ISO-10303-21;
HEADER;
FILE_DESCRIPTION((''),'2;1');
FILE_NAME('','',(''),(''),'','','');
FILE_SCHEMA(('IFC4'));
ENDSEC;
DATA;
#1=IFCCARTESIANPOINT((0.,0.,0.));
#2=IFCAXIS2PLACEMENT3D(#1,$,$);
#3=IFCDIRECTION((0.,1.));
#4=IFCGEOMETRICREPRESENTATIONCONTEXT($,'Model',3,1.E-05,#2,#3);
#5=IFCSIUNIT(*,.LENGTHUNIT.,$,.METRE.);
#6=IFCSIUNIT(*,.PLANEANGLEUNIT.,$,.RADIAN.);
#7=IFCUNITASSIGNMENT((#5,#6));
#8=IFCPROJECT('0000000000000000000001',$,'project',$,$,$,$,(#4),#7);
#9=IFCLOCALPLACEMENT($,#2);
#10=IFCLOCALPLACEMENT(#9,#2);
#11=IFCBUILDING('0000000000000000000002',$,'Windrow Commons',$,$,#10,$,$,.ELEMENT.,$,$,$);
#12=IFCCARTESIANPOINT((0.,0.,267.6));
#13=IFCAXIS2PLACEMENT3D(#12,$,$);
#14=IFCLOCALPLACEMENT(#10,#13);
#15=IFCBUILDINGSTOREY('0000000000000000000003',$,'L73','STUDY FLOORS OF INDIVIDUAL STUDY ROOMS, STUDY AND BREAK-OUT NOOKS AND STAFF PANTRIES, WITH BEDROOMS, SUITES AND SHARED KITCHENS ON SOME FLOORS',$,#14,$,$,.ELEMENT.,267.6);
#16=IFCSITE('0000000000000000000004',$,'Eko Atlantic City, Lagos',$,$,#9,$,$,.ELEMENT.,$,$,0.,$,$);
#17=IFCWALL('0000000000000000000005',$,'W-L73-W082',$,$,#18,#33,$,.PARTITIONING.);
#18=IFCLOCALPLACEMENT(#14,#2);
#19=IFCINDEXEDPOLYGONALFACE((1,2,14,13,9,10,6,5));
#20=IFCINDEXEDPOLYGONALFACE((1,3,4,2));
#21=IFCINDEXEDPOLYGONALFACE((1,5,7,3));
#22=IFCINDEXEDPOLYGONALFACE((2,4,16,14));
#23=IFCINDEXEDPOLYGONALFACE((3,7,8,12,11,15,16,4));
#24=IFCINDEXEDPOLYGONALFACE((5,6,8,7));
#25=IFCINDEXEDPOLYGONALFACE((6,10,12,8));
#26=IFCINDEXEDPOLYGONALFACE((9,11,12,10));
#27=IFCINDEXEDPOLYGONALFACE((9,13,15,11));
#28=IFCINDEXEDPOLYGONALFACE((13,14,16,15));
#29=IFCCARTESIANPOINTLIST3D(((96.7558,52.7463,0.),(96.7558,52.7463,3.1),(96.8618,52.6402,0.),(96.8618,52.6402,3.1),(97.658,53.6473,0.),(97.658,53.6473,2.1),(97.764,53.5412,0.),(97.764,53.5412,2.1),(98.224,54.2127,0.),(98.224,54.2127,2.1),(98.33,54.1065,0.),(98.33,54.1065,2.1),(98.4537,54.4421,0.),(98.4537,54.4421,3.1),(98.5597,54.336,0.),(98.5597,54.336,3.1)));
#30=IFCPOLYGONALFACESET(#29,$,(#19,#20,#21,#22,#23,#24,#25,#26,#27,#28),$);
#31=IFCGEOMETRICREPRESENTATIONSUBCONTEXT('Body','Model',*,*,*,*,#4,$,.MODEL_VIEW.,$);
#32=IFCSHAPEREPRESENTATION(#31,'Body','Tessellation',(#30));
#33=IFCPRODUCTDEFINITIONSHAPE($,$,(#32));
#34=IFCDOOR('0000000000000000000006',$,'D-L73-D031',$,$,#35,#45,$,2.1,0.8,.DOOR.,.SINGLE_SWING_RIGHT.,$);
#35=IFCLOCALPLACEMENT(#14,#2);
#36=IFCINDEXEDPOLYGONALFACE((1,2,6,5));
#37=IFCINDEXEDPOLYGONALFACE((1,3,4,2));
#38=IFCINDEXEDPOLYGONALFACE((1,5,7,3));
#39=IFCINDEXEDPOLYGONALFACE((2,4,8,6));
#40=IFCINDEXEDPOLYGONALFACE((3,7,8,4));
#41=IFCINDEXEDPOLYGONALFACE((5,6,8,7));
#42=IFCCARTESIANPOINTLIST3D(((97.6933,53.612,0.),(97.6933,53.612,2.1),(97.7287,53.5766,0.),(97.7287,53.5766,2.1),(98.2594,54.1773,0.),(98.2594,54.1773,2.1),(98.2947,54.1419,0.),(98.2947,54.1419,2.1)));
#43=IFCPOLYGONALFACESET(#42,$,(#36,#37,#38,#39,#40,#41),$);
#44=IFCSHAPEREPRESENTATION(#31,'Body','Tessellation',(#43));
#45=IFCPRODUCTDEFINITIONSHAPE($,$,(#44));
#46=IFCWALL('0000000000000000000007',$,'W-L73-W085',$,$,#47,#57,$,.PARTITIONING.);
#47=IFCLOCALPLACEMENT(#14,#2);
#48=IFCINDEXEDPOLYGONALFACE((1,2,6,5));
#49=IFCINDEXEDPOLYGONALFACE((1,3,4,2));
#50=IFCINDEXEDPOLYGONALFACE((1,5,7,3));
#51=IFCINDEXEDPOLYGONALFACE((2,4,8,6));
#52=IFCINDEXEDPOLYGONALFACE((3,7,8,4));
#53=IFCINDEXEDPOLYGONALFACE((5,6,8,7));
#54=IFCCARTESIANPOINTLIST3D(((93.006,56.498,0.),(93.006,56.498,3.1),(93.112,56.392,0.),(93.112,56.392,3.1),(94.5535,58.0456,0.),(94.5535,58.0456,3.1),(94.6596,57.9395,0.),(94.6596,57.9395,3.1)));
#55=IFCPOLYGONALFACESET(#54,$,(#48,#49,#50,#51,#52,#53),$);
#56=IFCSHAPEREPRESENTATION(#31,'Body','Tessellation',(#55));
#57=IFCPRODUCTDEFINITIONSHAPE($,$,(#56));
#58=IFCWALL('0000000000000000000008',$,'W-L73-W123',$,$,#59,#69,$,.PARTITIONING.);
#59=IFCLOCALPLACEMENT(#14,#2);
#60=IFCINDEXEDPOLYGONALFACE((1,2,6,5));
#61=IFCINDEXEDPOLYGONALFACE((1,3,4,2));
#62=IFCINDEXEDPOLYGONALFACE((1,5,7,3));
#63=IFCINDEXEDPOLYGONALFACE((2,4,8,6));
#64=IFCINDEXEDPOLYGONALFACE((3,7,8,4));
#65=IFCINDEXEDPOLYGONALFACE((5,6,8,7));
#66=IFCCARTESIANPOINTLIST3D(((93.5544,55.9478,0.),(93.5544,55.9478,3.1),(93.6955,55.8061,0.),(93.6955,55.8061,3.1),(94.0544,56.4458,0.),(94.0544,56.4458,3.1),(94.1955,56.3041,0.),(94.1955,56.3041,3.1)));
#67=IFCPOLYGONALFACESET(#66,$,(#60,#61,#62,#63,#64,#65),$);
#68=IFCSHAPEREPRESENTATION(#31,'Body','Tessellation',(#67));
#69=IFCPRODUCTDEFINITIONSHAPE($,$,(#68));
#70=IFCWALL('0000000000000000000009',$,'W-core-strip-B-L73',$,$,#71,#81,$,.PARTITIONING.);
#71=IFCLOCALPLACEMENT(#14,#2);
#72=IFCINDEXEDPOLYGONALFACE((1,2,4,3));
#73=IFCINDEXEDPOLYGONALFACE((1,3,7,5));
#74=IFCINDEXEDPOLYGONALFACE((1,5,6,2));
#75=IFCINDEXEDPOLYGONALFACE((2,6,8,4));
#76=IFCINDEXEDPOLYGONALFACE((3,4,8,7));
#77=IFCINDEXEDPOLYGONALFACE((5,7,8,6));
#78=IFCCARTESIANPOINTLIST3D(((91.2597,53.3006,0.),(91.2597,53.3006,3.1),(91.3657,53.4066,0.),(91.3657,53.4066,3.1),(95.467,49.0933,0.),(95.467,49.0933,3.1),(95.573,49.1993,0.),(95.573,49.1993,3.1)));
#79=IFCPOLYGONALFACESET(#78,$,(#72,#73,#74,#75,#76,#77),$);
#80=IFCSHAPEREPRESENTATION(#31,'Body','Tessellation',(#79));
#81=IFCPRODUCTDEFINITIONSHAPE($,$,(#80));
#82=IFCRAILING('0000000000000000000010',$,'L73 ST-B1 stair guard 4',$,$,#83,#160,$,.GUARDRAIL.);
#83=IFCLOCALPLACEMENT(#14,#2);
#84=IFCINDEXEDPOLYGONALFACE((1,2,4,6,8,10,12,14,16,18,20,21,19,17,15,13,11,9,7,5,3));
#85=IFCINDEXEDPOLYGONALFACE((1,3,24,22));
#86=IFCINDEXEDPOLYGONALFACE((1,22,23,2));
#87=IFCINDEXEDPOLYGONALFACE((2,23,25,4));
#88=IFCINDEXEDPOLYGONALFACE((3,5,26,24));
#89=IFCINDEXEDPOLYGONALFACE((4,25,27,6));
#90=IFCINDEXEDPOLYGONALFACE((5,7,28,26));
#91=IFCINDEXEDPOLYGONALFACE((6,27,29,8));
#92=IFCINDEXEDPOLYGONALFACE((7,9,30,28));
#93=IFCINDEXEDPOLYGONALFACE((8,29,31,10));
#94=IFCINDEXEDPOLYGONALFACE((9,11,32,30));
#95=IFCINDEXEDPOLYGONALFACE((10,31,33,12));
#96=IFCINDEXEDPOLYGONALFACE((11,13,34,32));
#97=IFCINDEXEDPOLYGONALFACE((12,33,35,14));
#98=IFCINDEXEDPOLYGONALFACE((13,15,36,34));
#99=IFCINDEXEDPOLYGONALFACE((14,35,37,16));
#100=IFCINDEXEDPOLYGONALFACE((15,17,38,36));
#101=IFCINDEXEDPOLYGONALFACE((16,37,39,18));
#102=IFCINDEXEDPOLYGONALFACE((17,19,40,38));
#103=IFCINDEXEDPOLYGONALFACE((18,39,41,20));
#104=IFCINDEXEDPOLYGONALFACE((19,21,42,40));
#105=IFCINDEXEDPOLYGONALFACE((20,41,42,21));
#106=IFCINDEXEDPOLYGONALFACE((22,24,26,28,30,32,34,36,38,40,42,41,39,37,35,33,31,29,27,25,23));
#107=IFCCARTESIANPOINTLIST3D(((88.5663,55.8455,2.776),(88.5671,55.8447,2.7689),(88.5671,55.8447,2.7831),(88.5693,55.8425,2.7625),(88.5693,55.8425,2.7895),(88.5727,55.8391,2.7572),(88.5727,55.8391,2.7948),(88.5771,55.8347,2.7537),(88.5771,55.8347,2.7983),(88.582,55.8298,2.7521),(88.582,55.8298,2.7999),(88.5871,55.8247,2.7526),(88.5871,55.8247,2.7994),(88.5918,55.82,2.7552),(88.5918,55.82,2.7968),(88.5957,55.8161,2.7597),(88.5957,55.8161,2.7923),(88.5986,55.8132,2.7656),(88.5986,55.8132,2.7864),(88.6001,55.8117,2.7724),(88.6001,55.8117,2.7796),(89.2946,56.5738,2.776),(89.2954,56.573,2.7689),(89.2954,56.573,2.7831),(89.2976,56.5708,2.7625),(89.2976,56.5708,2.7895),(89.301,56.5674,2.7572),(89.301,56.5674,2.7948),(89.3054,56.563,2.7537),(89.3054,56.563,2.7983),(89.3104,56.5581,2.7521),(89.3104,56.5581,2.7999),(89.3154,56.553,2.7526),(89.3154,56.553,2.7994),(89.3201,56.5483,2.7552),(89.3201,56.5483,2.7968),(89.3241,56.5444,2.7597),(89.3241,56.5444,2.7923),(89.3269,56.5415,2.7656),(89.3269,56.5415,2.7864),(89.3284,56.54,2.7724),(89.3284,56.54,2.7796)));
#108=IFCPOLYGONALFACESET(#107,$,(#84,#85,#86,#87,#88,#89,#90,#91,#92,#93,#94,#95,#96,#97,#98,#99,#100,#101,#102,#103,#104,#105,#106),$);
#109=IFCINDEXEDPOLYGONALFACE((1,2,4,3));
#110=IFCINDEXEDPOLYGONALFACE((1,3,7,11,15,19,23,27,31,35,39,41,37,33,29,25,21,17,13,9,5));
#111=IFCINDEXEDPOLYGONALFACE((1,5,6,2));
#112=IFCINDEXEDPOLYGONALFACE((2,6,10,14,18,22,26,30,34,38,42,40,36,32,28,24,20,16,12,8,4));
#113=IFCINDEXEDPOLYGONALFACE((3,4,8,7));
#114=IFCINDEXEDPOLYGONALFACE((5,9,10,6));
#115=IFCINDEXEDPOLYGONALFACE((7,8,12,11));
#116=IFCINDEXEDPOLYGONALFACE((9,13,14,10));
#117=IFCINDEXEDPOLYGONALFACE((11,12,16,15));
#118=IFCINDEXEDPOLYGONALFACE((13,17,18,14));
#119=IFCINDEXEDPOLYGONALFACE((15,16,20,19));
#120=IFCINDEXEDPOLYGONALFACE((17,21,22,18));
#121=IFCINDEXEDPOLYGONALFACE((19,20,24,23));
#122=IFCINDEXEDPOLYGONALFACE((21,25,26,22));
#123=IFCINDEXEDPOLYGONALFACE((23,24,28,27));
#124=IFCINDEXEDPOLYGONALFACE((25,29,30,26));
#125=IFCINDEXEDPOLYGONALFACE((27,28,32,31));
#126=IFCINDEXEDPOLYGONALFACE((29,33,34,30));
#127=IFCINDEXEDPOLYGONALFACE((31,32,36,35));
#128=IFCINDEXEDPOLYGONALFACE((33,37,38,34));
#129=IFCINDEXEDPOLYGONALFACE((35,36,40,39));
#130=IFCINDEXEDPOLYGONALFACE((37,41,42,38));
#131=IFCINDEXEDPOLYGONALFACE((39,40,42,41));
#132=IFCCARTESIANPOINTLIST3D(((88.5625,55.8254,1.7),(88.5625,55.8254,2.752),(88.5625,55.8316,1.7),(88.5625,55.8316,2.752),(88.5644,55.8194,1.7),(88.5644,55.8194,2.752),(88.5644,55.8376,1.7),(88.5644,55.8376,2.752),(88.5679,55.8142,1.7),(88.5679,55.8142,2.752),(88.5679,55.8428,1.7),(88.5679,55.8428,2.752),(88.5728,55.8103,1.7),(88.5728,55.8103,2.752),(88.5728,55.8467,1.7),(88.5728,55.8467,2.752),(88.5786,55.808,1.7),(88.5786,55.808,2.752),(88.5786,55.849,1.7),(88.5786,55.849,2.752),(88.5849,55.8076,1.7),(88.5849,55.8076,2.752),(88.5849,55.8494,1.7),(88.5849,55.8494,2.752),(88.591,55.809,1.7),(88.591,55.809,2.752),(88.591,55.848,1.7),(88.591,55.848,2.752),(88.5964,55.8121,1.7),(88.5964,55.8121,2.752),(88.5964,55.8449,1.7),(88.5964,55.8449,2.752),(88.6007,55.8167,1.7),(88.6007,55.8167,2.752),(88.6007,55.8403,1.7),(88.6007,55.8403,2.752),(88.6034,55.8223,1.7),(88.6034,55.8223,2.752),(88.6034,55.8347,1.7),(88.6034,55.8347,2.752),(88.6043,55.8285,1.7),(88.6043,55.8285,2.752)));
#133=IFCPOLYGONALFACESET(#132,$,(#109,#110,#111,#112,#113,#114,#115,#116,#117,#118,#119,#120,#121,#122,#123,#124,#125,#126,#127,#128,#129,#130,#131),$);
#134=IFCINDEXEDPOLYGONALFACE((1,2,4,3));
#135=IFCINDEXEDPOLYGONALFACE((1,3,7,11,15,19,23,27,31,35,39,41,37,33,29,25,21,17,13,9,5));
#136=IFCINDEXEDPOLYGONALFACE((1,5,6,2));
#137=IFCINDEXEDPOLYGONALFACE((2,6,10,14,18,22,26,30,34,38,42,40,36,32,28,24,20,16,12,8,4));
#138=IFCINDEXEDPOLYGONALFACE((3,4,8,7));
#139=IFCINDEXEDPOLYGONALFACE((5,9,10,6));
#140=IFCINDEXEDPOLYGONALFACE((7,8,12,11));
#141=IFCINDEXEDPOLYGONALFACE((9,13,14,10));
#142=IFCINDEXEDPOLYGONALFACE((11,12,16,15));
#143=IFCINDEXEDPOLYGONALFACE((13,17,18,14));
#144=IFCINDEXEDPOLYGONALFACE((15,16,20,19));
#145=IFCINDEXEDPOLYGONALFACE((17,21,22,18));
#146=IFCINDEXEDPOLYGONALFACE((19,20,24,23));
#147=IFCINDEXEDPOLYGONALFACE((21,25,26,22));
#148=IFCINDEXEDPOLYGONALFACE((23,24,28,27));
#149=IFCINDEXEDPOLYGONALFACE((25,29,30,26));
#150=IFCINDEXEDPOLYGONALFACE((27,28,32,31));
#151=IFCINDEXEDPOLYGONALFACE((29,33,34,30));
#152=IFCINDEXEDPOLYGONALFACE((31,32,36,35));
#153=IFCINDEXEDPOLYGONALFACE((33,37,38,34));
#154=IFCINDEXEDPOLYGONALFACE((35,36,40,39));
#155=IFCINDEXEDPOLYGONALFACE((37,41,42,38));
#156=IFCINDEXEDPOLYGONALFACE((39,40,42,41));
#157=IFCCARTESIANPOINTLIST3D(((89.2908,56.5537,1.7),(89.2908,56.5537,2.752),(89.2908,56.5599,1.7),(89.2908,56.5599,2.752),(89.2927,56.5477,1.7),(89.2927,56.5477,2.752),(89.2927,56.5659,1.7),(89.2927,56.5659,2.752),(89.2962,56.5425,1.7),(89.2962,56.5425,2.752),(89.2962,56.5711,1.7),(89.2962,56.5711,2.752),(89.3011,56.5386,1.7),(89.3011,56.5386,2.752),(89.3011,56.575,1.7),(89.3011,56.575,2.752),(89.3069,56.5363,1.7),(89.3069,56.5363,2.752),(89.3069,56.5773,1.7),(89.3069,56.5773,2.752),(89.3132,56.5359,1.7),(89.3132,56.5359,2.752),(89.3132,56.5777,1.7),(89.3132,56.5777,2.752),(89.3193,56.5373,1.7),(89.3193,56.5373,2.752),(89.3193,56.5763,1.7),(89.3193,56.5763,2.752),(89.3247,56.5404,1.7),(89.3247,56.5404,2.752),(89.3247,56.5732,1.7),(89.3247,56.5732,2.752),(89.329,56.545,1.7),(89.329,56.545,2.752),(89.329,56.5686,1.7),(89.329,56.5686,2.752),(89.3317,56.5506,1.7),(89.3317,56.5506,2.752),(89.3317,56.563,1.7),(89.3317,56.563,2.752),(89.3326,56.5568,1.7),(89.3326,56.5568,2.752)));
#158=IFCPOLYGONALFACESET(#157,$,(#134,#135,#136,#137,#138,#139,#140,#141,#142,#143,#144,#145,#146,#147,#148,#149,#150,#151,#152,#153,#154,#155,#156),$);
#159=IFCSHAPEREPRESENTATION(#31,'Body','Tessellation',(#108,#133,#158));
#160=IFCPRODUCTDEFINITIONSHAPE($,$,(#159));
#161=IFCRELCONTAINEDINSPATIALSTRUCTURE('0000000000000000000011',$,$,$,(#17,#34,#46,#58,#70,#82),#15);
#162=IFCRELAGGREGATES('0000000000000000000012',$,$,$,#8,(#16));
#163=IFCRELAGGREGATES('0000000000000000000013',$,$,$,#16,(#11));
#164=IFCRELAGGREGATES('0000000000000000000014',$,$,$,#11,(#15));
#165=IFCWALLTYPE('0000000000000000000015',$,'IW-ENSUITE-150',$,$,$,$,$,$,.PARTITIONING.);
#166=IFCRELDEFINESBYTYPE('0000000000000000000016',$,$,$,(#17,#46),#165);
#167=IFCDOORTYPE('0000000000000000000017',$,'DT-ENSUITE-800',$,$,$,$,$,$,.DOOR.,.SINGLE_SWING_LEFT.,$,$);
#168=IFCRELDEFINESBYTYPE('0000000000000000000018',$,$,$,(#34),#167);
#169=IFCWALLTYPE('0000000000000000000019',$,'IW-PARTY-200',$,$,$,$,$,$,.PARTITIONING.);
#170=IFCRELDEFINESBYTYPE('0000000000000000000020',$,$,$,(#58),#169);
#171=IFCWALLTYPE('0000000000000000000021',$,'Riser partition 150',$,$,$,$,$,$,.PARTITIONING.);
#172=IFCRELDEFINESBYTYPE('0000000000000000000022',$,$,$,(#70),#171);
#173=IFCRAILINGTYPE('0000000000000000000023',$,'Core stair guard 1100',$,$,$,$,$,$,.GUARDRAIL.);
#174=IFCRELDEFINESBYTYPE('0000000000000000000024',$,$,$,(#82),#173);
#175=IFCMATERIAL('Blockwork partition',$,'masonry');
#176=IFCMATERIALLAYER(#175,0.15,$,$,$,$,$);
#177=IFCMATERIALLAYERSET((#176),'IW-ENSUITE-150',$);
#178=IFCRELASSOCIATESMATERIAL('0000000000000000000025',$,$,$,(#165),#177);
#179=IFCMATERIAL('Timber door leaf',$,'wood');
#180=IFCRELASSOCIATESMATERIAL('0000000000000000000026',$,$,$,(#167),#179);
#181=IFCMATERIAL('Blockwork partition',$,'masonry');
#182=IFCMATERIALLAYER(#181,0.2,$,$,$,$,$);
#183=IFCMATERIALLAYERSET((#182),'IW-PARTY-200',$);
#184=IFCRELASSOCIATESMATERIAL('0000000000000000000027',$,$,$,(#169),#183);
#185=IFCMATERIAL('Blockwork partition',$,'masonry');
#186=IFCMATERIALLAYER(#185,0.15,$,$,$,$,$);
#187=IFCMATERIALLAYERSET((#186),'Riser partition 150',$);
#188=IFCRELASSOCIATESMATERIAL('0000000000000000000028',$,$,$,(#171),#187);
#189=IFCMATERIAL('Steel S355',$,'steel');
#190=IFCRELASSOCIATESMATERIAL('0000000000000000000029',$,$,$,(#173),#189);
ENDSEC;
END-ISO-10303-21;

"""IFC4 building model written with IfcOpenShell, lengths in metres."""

from ifc_helpers import new_model, si_unit, direction, frame, frame_2d, origin, origin_2d, place, context, subcontext, project, spatial, rectangle, circle, extrude, material, layer, layer_set, type_object, element, fill, save


model = new_model("IFC4")

# Units and contexts
model_context = context("Model", 3, precision=1e-05, world=origin(), true_north=direction((0.0, 1.0)))
body_context = subcontext(model_context, "Body", "Model", "MODEL_VIEW")
ifc_project = project(units=[si_unit("LENGTHUNIT", "METRE"), si_unit("PLANEANGLEUNIT", "RADIAN")], contexts=[model_context])

# Site, building, storey
site_placement = place(None, origin())
site = spatial("IfcSite", under=ifc_project, at=site_placement, Name="Eko Atlantic City, Lagos", CompositionType="ELEMENT", RefElevation=0.0)
building_placement = place(site_placement, origin())
building = spatial("IfcBuilding", under=site, at=building_placement, Name="Windrow Commons", CompositionType="ELEMENT")
storey_placement = place(building_placement, frame((0.0, 0.0, 267.6)))
storey = spatial("IfcBuildingStorey", under=building, at=storey_placement, Name="L73", Description="STUDY FLOORS OF INDIVIDUAL STUDY ROOMS, STUDY AND BREAK-OUT NOOKS AND STAFF PANTRIES, WITH BEDROOMS, SUITES AND SHARED KITCHENS ON SOME FLOORS", CompositionType="ELEMENT", Elevation=267.6)

# Wall, opening, door
ifc_material_1 = material(Name="Blockwork partition", Category="masonry")
ifc_layer_1 = layer(ifc_material_1, 0.15)
ifc_layer_set_1 = layer_set([ifc_layer_1], Name="IW-ENSUITE-150")
wall_type_1 = type_object("IfcWallType", Name="IW-ENSUITE-150", PredefinedType="PARTITIONING", material=ifc_layer_set_1)
wall_1_placement = place(storey_placement, frame((96.8088, 52.6932, 0.0), z_axis=(0.0, 0.0, 1.0), x_axis=(0.707544, 0.706669, 0.0)))
wall_1 = element("IfcWall", 1, at=wall_1_placement, inside=storey, type_object=wall_type_1, Name="W-L73-W082", PredefinedType="PARTITIONING", context=body_context, shape_type="SweptSolid", body=[
    extrude(rectangle(XDim=2.3997, YDim=0.15, at=frame_2d((1.1999, 0.0))), origin(), (0.0, 0.0, 1.0), 3.1),
])
opening_1_placement = place(wall_1_placement, frame((1.2751, 0.0, 0.0)))
opening_1 = element("IfcOpeningElement", 2, at=opening_1_placement, cuts=wall_1, PredefinedType="OPENING", context=body_context, shape_type="SweptSolid", body=[
    extrude(rectangle(XDim=0.8, YDim=2.1, at=frame_2d((0.4, 1.05))), frame((0.0, 0.085, 0.0), z_axis=(0.0, -1.0, 0.0), x_axis=(1.0, 0.0, 0.0)), (0.0, 0.0, 1.0), 0.17),
])
ifc_material_2 = material(Name="Timber door leaf", Category="wood")
door_type_1 = type_object("IfcDoorType", Name="DT-ENSUITE-800", OperationType="SINGLE_SWING_LEFT", PredefinedType="DOOR", material=ifc_material_2)
door_1_placement = place(opening_1_placement, origin())
door_1 = element("IfcDoor", 3, at=door_1_placement, inside=storey, type_object=door_type_1, Name="D-L73-D031", OperationType="SINGLE_SWING_RIGHT", OverallHeight=2.1, OverallWidth=0.8, PredefinedType="DOOR", context=body_context, shape_type="SweptSolid", body=[
    extrude(rectangle(XDim=0.8, YDim=2.1, at=frame_2d((0.4, 1.05))), frame((0.0, 0.025, 0.0), z_axis=(0.0, -1.0, 0.0), x_axis=(1.0, 0.0, 0.0)), (0.0, 0.0, 1.0), 0.05),
])
fill(opening_1, door_1)

# Walls
wall_2_placement = place(storey_placement, frame((93.059, 56.445, 0.0), z_axis=(0.0, 0.0, 1.0), x_axis=(0.707107, 0.707107, 0.0)))
element("IfcWall", 4, at=wall_2_placement, inside=storey, type_object=wall_type_1, Name="W-L73-W085", PredefinedType="PARTITIONING", context=body_context, shape_type="SweptSolid", body=[
    extrude(rectangle(XDim=2.1886, YDim=0.15, at=frame_2d((1.0943, 0.0))), origin(), (0.0, 0.0, 1.0), 3.1),
])
ifc_material_3 = material(Name="Blockwork partition", Category="masonry")
ifc_layer_2 = layer(ifc_material_3, 0.2)
ifc_layer_set_2 = layer_set([ifc_layer_2], Name="IW-PARTY-200")
wall_type_2 = type_object("IfcWallType", Name="IW-PARTY-200", PredefinedType="PARTITIONING", material=ifc_layer_set_2)
wall_3_placement = place(storey_placement, frame((93.625, 55.877, 0.0), z_axis=(0.0, 0.0, 1.0), x_axis=(0.708522, 0.705688, 0.0)))
element("IfcWall", 5, at=wall_3_placement, inside=storey, type_object=wall_type_2, Name="W-L73-W123", PredefinedType="PARTITIONING", context=body_context, shape_type="SweptSolid", body=[
    extrude(rectangle(XDim=0.7057, YDim=0.2, at=frame_2d((0.3528, 0.0))), origin(), (0.0, 0.0, 1.0), 3.1),
])
ifc_material_4 = material(Name="Blockwork partition", Category="masonry")
ifc_layer_3 = layer(ifc_material_4, 0.15)
ifc_layer_set_3 = layer_set([ifc_layer_3], Name="Riser partition 150")
wall_type_3 = type_object("IfcWallType", Name="Riser partition 150", PredefinedType="PARTITIONING", material=ifc_layer_set_3)
wall_4_placement = place(storey_placement, frame((91.3127, 53.3536, 0.0), z_axis=(0.0, 0.0, 1.0), x_axis=(0.707107, -0.707107, 0.0)))
element("IfcWall", 6, at=wall_4_placement, inside=storey, type_object=wall_type_3, Name="W-core-strip-B-L73", PredefinedType="PARTITIONING", context=body_context, shape_type="SweptSolid", body=[
    extrude(rectangle(XDim=5.95, YDim=0.15, at=frame_2d((2.975, 0.0))), origin(), (0.0, 0.0, 1.0), 3.1),
])

# Railing
ifc_material_5 = material(Name="Steel S355", Category="steel")
railing_type = type_object("IfcRailingType", Name="Core stair guard 1100", PredefinedType="GUARDRAIL", material=ifc_material_5)
railing_1_placement = place(storey_placement, frame((88.5833, 55.8285, 1.7)))
element("IfcRailing", 7, at=railing_1_placement, inside=storey, type_object=railing_type, Name="L73 ST-B1 stair guard 4", PredefinedType="GUARDRAIL", context=body_context, shape_type="SweptSolid", body=[
    extrude(circle(Radius=0.024, at=origin_2d()), frame((0.0, 0.0, 1.076), z_axis=(0.707107, 0.707107, 0.0), x_axis=(-0.707107, 0.707107, 0.0)), (0.0, 0.0, 1.0), 1.03),
    extrude(circle(Radius=0.021, at=origin_2d()), origin(), (0.0, 0.0, 1.0), 1.052),
    extrude(circle(Radius=0.021, at=origin_2d()), frame((0.7283, 0.7283, 0.0)), (0.0, 0.0, 1.0), 1.052),
])

save(model, "model.ifc")
